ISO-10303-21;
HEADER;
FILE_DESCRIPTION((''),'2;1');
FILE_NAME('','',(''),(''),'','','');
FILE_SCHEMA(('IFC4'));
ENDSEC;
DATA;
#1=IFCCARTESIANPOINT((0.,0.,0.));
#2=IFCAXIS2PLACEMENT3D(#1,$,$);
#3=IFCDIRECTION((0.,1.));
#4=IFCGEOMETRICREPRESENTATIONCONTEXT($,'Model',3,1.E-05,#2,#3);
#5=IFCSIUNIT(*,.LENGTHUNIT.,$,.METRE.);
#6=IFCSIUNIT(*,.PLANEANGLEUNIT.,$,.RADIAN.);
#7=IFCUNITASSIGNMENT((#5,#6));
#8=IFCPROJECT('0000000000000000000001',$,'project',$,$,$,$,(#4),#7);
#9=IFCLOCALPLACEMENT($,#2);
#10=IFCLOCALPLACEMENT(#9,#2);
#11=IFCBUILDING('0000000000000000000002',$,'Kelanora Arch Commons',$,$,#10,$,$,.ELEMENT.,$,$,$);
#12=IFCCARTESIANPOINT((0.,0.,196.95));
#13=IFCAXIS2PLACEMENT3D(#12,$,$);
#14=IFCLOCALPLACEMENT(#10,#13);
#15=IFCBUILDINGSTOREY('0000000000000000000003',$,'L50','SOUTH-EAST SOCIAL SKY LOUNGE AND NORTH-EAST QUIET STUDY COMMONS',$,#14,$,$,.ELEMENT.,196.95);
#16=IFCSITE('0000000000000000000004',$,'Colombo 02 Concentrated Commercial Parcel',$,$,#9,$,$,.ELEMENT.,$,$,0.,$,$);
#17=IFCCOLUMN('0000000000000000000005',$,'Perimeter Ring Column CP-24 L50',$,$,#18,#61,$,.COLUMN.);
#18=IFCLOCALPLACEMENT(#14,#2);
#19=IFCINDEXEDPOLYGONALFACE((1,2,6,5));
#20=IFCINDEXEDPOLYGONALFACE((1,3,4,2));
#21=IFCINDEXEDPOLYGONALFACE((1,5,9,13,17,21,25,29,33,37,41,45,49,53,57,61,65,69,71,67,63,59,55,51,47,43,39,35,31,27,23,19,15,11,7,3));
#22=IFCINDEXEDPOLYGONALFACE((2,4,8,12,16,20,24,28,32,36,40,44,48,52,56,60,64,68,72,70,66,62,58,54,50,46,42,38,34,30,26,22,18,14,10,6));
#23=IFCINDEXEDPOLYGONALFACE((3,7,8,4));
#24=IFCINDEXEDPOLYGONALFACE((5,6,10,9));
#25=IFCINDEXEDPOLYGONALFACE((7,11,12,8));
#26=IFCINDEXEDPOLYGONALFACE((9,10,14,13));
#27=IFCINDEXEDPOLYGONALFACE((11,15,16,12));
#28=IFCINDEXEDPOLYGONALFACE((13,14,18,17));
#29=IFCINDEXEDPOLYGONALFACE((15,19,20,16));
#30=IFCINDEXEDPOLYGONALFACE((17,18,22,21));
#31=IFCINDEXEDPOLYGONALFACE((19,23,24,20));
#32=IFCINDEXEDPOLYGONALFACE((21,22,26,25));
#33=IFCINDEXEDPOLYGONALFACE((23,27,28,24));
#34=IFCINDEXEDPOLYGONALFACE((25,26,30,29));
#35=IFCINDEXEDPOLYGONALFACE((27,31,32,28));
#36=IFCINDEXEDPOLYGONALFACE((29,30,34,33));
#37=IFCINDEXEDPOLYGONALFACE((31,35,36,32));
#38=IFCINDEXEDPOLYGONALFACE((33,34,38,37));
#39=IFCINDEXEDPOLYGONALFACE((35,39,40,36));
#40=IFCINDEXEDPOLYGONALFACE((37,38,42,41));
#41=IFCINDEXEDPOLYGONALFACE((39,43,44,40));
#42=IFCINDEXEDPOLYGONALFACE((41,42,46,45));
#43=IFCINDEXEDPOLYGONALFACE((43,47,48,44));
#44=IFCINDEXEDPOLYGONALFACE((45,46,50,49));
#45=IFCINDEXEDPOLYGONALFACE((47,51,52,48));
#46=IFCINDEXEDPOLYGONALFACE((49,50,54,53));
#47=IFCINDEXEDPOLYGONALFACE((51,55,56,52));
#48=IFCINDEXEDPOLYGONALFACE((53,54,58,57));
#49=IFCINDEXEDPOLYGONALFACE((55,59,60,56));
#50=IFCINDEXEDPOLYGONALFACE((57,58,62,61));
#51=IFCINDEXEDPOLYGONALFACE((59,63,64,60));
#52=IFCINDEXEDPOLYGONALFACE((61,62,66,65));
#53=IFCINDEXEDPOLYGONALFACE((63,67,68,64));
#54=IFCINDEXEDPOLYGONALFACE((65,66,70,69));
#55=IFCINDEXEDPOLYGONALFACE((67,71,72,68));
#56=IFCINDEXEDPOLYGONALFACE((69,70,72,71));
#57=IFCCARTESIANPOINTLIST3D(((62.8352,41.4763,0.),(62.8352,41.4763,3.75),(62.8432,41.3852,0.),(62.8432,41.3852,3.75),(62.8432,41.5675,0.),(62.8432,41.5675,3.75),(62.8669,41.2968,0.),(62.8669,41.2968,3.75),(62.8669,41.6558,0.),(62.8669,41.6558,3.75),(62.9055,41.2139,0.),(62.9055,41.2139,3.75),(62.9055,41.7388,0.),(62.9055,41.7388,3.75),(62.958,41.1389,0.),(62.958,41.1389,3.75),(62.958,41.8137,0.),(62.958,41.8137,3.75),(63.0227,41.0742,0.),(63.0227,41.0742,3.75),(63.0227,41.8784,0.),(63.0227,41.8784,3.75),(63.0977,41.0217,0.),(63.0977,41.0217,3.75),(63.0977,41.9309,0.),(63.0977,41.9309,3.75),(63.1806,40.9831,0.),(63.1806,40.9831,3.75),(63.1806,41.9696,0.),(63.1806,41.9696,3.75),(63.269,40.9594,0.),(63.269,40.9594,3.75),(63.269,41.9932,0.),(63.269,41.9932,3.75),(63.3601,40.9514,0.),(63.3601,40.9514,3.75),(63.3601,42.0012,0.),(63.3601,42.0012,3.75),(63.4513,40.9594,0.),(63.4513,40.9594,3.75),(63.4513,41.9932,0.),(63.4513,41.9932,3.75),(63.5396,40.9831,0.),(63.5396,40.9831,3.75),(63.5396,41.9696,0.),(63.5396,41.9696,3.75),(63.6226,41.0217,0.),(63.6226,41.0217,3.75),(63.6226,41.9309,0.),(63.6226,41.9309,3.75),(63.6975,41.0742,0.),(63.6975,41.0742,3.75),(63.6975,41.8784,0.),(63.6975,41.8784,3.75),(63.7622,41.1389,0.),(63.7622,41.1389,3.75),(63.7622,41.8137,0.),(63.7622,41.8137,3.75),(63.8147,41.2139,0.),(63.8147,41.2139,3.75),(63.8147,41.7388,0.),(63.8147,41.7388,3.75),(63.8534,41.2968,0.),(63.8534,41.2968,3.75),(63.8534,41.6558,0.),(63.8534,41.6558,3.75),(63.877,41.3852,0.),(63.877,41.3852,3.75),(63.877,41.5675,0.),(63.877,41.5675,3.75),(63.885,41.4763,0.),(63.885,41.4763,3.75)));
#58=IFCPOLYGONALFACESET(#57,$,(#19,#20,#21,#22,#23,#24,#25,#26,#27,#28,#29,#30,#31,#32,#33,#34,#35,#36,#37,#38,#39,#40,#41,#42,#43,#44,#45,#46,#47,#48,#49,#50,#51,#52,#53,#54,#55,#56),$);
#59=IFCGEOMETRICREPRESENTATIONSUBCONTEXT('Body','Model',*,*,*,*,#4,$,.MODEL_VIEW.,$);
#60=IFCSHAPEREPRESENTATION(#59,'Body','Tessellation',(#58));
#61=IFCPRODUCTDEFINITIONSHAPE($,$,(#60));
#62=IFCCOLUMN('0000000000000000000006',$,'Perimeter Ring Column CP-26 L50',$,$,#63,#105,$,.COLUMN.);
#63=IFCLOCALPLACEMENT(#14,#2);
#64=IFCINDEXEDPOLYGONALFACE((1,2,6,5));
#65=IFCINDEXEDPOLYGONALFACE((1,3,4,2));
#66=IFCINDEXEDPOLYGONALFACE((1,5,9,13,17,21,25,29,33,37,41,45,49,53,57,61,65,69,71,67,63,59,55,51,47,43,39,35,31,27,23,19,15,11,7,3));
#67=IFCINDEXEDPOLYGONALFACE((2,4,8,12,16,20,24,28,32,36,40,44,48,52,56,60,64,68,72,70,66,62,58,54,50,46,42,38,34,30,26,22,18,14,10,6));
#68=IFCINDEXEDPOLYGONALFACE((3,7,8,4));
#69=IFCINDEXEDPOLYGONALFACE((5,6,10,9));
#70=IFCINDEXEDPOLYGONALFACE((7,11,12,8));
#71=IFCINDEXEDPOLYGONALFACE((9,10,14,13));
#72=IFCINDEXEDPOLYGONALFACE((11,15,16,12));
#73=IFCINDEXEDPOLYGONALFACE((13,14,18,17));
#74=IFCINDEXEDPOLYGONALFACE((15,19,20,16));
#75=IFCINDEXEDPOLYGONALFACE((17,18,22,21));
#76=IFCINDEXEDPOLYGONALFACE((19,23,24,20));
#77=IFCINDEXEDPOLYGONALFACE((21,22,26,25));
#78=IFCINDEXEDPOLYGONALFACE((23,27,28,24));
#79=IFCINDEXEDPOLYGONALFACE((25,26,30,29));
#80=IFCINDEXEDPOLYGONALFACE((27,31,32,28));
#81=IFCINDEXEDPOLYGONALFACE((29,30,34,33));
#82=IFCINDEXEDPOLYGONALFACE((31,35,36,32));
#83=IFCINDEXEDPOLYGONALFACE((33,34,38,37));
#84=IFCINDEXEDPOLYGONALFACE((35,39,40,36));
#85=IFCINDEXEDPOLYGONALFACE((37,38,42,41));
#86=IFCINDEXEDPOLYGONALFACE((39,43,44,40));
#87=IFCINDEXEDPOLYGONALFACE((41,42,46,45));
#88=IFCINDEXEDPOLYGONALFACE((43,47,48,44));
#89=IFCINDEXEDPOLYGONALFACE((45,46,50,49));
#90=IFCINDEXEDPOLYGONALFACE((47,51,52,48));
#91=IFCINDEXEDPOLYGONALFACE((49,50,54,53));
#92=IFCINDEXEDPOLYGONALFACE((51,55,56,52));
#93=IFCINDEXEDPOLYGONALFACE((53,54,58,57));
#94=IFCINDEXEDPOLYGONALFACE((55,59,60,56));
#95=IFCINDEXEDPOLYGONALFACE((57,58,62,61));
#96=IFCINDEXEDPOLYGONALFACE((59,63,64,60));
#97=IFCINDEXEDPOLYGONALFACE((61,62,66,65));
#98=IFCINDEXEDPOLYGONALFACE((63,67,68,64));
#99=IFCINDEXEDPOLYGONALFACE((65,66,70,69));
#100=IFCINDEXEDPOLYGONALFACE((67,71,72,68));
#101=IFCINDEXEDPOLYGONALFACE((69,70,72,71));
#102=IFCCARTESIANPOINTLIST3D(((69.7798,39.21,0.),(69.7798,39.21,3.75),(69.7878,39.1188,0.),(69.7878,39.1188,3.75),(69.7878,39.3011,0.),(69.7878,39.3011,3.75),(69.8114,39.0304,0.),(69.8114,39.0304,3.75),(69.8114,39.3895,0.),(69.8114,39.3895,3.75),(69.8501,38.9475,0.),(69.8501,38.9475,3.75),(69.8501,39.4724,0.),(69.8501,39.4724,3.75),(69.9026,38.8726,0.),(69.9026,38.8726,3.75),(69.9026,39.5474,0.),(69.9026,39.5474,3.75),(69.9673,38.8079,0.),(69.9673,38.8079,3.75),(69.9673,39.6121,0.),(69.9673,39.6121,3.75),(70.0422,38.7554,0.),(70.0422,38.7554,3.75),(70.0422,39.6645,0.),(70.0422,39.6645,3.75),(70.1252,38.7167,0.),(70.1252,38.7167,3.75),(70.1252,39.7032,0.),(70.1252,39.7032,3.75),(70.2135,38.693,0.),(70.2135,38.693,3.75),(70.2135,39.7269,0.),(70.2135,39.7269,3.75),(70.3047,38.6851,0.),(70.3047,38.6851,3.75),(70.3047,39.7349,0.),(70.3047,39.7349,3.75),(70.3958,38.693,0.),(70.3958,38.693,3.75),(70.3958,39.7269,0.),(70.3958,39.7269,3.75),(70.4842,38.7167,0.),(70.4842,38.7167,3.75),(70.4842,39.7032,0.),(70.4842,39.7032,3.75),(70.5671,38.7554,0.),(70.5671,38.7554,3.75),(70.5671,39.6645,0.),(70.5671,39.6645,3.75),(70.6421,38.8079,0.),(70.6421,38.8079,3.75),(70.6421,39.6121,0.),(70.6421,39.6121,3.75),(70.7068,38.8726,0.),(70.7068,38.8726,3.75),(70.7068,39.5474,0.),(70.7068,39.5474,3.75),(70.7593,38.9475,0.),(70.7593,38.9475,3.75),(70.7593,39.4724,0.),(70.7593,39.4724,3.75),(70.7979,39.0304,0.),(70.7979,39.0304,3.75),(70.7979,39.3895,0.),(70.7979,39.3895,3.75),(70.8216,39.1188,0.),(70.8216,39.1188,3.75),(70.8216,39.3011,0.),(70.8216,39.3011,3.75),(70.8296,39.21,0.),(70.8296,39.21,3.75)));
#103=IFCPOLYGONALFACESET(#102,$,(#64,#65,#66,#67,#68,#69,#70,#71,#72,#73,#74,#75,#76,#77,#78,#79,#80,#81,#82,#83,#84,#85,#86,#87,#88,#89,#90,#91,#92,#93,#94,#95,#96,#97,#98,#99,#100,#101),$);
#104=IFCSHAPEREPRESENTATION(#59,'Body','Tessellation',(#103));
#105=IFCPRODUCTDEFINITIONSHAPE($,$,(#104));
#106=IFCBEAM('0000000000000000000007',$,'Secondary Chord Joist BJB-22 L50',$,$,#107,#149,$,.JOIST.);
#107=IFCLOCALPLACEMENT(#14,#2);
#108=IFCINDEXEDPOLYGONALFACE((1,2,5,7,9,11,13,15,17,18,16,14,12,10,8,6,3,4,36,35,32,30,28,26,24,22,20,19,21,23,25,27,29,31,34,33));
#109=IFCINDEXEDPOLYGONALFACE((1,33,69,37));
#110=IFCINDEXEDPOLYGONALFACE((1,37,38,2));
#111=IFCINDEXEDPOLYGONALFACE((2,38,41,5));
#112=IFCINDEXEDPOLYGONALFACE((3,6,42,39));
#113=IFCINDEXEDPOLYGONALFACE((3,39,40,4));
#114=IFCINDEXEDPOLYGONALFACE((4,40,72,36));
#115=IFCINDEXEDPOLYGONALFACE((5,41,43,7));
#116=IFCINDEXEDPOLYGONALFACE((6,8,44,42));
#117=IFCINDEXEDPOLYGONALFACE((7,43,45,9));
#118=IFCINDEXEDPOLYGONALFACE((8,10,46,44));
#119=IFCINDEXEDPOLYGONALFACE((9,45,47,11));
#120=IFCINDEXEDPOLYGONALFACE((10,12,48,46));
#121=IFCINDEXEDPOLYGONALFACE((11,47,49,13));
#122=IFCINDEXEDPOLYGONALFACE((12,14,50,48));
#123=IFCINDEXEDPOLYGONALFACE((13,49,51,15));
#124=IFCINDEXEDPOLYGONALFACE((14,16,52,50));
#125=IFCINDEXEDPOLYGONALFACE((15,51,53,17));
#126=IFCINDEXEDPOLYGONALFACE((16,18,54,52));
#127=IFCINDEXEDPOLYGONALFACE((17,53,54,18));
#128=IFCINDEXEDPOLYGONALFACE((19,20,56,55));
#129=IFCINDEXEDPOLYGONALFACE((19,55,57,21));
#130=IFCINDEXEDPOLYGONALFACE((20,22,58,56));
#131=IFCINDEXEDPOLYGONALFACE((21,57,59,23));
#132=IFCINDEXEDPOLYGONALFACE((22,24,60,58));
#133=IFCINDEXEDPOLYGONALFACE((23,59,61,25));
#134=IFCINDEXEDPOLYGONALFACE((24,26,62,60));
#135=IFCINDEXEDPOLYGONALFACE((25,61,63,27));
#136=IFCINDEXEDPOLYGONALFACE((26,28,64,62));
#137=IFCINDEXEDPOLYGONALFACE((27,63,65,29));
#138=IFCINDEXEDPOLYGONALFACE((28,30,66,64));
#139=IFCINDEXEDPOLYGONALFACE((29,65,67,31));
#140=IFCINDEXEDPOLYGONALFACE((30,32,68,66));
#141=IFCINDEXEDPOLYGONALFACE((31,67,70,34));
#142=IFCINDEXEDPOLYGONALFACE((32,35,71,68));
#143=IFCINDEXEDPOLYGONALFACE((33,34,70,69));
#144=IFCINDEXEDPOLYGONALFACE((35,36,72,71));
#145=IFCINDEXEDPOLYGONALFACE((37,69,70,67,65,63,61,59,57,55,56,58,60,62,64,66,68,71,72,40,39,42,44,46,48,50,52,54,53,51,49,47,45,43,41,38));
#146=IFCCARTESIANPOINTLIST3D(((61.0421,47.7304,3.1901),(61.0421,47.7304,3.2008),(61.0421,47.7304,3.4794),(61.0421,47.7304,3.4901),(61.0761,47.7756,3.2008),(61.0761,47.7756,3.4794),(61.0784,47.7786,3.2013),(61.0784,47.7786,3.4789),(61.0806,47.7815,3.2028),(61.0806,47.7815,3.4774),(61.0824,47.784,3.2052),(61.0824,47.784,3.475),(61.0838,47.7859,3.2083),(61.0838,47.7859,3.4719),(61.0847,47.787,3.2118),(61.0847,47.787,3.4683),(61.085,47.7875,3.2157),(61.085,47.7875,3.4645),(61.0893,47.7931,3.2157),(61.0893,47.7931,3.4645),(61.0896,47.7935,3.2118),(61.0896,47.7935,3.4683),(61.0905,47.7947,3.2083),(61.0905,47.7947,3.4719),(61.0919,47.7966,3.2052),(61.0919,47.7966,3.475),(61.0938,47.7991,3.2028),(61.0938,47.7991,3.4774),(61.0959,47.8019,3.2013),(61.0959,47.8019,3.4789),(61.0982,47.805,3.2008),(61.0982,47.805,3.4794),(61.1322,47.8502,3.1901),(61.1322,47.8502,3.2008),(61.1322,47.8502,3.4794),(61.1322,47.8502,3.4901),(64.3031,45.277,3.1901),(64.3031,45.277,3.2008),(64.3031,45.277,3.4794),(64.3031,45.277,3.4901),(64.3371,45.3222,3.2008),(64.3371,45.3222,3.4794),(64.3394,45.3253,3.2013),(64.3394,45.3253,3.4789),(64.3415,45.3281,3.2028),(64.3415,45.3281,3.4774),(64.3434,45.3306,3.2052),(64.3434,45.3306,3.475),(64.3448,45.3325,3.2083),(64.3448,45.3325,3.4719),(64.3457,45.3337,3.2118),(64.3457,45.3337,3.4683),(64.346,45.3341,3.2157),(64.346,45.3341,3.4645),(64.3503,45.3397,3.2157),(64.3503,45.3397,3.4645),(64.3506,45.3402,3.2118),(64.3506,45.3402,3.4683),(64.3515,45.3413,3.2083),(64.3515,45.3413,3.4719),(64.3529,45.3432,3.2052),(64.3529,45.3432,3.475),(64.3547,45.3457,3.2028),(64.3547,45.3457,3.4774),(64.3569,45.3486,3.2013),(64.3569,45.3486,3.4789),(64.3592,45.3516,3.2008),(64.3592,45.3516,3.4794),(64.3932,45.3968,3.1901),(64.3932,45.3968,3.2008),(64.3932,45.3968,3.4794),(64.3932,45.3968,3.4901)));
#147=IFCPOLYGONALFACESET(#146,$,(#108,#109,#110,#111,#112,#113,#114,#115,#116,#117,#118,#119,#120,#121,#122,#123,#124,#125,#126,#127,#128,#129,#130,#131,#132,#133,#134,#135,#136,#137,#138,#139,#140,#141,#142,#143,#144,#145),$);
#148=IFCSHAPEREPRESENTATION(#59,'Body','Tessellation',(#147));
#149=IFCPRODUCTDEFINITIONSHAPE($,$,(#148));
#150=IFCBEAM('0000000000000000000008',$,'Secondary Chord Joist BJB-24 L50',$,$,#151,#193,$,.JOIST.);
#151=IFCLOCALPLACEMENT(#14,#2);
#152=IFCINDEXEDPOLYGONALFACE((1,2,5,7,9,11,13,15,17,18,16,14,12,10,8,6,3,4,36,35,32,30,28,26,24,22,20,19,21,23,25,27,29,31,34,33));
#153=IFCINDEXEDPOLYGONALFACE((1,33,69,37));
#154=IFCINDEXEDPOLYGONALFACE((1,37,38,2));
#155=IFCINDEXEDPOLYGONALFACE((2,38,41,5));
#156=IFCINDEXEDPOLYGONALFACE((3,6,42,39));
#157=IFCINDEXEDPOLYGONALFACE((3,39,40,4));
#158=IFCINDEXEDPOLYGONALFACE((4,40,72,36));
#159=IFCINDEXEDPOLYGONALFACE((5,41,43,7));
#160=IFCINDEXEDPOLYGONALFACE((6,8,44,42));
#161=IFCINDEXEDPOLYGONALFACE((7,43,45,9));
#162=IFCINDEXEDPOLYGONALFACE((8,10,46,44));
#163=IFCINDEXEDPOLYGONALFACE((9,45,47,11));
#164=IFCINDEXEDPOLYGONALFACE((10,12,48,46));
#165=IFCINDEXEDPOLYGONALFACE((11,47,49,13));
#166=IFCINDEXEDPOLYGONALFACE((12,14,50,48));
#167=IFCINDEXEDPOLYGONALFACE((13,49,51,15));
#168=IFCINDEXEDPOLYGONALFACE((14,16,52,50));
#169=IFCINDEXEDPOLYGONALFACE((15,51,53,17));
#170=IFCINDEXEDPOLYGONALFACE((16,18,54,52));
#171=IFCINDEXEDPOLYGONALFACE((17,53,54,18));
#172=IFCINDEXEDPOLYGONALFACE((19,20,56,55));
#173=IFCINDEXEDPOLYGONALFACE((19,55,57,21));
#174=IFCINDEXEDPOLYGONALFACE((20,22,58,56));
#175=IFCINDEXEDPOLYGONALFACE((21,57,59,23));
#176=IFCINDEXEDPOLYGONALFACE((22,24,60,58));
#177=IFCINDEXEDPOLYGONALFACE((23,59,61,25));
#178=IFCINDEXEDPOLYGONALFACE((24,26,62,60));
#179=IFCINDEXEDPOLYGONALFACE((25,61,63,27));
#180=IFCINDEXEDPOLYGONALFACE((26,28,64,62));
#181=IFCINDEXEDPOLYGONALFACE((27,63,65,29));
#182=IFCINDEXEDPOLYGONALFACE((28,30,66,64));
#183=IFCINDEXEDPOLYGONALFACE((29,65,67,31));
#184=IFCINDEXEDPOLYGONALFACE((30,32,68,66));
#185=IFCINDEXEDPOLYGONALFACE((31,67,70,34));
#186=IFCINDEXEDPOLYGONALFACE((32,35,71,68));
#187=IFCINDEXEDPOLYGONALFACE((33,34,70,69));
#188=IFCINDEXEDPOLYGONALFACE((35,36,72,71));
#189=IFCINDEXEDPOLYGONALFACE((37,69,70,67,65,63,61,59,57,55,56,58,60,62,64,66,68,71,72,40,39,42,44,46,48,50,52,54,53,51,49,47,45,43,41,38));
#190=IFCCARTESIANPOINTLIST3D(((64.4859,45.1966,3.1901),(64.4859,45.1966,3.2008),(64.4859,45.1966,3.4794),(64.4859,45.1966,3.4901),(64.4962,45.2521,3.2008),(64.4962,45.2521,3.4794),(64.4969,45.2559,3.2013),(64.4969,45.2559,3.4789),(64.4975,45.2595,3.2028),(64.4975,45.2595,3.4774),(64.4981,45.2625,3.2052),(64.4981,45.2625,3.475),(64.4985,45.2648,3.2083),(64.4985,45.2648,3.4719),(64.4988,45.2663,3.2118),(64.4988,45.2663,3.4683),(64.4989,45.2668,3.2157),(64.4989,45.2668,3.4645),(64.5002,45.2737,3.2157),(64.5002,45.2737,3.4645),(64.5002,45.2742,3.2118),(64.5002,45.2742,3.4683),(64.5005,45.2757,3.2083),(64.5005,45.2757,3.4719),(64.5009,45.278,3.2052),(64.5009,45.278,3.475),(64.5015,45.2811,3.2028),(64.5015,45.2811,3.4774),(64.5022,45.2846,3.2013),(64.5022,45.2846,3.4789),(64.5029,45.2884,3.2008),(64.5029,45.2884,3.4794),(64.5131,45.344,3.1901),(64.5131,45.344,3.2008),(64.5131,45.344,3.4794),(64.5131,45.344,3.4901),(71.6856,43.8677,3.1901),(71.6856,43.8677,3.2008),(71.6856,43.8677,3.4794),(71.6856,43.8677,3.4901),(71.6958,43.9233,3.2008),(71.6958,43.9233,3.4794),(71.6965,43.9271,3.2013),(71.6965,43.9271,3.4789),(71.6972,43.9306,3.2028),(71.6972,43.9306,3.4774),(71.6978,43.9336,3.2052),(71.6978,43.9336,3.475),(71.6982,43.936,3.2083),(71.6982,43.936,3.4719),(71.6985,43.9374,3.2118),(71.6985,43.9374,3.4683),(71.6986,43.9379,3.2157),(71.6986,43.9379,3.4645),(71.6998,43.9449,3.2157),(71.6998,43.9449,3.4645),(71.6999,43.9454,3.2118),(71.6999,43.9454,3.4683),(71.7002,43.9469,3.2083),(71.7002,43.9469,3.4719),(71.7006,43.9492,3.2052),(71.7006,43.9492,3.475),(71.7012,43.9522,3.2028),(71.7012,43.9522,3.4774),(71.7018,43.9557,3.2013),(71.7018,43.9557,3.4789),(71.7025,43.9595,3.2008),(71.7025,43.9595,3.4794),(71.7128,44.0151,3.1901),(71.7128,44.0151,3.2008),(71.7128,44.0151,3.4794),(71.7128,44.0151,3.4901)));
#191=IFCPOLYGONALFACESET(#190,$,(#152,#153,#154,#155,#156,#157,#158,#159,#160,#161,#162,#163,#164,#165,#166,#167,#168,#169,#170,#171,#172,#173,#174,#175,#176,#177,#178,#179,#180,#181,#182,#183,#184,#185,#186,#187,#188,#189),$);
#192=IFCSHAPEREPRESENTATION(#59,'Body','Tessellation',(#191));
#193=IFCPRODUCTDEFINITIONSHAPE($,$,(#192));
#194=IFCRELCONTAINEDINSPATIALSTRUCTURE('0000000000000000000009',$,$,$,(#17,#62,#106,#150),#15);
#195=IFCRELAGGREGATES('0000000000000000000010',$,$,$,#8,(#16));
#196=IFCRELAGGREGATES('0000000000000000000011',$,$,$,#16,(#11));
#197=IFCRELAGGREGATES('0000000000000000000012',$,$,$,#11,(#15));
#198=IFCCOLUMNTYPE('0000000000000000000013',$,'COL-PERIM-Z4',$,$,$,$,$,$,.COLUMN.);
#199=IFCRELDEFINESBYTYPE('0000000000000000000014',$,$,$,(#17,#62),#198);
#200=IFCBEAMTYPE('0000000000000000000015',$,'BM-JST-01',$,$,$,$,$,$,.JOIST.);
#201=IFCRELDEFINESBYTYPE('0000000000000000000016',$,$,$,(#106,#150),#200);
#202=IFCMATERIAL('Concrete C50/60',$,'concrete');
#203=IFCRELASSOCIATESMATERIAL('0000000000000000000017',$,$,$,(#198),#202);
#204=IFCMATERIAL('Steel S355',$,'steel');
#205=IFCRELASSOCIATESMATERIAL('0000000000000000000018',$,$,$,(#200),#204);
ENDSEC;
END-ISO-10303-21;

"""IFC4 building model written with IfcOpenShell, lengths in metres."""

from ifc_helpers import new_model, si_unit, direction, frame, origin, origin_2d, place, context, subcontext, project, spatial, circle, i_section, extrude, material, material_profile, profile_set, type_object, element, save


model = new_model("IFC4")

# Units and contexts
model_context = context("Model", 3, precision=1e-05, world=origin(), true_north=direction((0.0, 1.0)))
body_context = subcontext(model_context, "Body", "Model", "MODEL_VIEW")
ifc_project = project(units=[si_unit("LENGTHUNIT", "METRE"), si_unit("PLANEANGLEUNIT", "RADIAN")], contexts=[model_context])

# Site, building, storey
site_placement = place(None, origin())
site = spatial("IfcSite", under=ifc_project, at=site_placement, Name="Colombo 02 Concentrated Commercial Parcel", CompositionType="ELEMENT", RefElevation=0.0)
building_placement = place(site_placement, origin())
building = spatial("IfcBuilding", under=site, at=building_placement, Name="Kelanora Arch Commons", CompositionType="ELEMENT")
storey_placement = place(building_placement, frame((0.0, 0.0, 196.95)))
storey = spatial("IfcBuildingStorey", under=building, at=storey_placement, Name="L50", Description="SOUTH-EAST SOCIAL SKY LOUNGE AND NORTH-EAST QUIET STUDY COMMONS", CompositionType="ELEMENT", Elevation=196.95)

# Columns
ifc_material_1 = material(Name="Concrete C50/60", Category="concrete")
ifc_material_profile_1 = material_profile(ifc_material_1, circle(Radius=0.5249, at=origin_2d()), Name="RCC1050")
ifc_profile_set_1 = profile_set([ifc_material_profile_1], Name="Concrete C50/60")
column_type = type_object("IfcColumnType", Name="COL-PERIM-Z4", PredefinedType="COLUMN", material=ifc_profile_set_1)
for number, where, z_axis, x_axis, name in (
    (1, (63.3601, 41.4763, 0.0), (0.0, 0.0, 1.0), (1.0, 0.0, 0.0), "Perimeter Ring Column CP-24 L50"),
    (2, (70.3047, 39.21, 0.0), (0.0, 0.0, 1.0), (1.0, 0.0, 0.0), "Perimeter Ring Column CP-26 L50"),
):
    element("IfcColumn", number, at=place(storey_placement, frame(where, z_axis=z_axis, x_axis=x_axis)), inside=storey, type_object=column_type, Name=name, PredefinedType="COLUMN", context=body_context, shape_type="SweptSolid", body=[
        extrude(circle(Radius=0.5249, at=origin_2d()), origin(), (0.0, 0.0, 1.0), 3.75),
    ])

# Beams
ifc_material_2 = material(Name="Steel S355", Category="steel")
ifc_material_profile_2 = material_profile(ifc_material_2, i_section(OverallWidth=0.1499, OverallDepth=0.3, WebThickness=0.0071, FlangeThickness=0.0107, FilletRadius=0.0149, at=origin_2d()), Name="IPE300")
ifc_profile_set_2 = profile_set([ifc_material_profile_2], Name="Steel S355")
beam_type_1 = type_object("IfcBeamType", Name="BM-JST-01", PredefinedType="JOIST", material=ifc_profile_set_2)
beam_1_placement = place(storey_placement, frame((61.0872, 47.7903, 3.3401), z_axis=(0.799102, -0.601196, 0.0), x_axis=(0.601196, 0.799102, 0.0)))
element("IfcBeam", 3, at=beam_1_placement, inside=storey, type_object=beam_type_1, Name="Secondary Chord Joist BJB-22 L50", PredefinedType="JOIST", context=body_context, shape_type="SweptSolid", body=[
    extrude(i_section(OverallWidth=0.1499, OverallDepth=0.3, WebThickness=0.0071, FlangeThickness=0.0107, FilletRadius=0.0149, at=origin_2d()), origin(), (0.0, 0.0, 1.0), 4.0808),
])
beam_2_placement = place(storey_placement, frame((64.4995, 45.2703, 3.3401), z_axis=(0.98339, -0.181505, 0.0), x_axis=(0.181505, 0.98339, 0.0)))
element("IfcBeam", 4, at=beam_2_placement, inside=storey, type_object=beam_type_1, Name="Secondary Chord Joist BJB-24 L50", PredefinedType="JOIST", context=body_context, shape_type="SweptSolid", body=[
    extrude(i_section(OverallWidth=0.1499, OverallDepth=0.3, WebThickness=0.0071, FlangeThickness=0.0107, FilletRadius=0.0149, at=origin_2d()), origin(), (0.0, 0.0, 1.0), 7.3213),
])

save(model, "model.ifc")
